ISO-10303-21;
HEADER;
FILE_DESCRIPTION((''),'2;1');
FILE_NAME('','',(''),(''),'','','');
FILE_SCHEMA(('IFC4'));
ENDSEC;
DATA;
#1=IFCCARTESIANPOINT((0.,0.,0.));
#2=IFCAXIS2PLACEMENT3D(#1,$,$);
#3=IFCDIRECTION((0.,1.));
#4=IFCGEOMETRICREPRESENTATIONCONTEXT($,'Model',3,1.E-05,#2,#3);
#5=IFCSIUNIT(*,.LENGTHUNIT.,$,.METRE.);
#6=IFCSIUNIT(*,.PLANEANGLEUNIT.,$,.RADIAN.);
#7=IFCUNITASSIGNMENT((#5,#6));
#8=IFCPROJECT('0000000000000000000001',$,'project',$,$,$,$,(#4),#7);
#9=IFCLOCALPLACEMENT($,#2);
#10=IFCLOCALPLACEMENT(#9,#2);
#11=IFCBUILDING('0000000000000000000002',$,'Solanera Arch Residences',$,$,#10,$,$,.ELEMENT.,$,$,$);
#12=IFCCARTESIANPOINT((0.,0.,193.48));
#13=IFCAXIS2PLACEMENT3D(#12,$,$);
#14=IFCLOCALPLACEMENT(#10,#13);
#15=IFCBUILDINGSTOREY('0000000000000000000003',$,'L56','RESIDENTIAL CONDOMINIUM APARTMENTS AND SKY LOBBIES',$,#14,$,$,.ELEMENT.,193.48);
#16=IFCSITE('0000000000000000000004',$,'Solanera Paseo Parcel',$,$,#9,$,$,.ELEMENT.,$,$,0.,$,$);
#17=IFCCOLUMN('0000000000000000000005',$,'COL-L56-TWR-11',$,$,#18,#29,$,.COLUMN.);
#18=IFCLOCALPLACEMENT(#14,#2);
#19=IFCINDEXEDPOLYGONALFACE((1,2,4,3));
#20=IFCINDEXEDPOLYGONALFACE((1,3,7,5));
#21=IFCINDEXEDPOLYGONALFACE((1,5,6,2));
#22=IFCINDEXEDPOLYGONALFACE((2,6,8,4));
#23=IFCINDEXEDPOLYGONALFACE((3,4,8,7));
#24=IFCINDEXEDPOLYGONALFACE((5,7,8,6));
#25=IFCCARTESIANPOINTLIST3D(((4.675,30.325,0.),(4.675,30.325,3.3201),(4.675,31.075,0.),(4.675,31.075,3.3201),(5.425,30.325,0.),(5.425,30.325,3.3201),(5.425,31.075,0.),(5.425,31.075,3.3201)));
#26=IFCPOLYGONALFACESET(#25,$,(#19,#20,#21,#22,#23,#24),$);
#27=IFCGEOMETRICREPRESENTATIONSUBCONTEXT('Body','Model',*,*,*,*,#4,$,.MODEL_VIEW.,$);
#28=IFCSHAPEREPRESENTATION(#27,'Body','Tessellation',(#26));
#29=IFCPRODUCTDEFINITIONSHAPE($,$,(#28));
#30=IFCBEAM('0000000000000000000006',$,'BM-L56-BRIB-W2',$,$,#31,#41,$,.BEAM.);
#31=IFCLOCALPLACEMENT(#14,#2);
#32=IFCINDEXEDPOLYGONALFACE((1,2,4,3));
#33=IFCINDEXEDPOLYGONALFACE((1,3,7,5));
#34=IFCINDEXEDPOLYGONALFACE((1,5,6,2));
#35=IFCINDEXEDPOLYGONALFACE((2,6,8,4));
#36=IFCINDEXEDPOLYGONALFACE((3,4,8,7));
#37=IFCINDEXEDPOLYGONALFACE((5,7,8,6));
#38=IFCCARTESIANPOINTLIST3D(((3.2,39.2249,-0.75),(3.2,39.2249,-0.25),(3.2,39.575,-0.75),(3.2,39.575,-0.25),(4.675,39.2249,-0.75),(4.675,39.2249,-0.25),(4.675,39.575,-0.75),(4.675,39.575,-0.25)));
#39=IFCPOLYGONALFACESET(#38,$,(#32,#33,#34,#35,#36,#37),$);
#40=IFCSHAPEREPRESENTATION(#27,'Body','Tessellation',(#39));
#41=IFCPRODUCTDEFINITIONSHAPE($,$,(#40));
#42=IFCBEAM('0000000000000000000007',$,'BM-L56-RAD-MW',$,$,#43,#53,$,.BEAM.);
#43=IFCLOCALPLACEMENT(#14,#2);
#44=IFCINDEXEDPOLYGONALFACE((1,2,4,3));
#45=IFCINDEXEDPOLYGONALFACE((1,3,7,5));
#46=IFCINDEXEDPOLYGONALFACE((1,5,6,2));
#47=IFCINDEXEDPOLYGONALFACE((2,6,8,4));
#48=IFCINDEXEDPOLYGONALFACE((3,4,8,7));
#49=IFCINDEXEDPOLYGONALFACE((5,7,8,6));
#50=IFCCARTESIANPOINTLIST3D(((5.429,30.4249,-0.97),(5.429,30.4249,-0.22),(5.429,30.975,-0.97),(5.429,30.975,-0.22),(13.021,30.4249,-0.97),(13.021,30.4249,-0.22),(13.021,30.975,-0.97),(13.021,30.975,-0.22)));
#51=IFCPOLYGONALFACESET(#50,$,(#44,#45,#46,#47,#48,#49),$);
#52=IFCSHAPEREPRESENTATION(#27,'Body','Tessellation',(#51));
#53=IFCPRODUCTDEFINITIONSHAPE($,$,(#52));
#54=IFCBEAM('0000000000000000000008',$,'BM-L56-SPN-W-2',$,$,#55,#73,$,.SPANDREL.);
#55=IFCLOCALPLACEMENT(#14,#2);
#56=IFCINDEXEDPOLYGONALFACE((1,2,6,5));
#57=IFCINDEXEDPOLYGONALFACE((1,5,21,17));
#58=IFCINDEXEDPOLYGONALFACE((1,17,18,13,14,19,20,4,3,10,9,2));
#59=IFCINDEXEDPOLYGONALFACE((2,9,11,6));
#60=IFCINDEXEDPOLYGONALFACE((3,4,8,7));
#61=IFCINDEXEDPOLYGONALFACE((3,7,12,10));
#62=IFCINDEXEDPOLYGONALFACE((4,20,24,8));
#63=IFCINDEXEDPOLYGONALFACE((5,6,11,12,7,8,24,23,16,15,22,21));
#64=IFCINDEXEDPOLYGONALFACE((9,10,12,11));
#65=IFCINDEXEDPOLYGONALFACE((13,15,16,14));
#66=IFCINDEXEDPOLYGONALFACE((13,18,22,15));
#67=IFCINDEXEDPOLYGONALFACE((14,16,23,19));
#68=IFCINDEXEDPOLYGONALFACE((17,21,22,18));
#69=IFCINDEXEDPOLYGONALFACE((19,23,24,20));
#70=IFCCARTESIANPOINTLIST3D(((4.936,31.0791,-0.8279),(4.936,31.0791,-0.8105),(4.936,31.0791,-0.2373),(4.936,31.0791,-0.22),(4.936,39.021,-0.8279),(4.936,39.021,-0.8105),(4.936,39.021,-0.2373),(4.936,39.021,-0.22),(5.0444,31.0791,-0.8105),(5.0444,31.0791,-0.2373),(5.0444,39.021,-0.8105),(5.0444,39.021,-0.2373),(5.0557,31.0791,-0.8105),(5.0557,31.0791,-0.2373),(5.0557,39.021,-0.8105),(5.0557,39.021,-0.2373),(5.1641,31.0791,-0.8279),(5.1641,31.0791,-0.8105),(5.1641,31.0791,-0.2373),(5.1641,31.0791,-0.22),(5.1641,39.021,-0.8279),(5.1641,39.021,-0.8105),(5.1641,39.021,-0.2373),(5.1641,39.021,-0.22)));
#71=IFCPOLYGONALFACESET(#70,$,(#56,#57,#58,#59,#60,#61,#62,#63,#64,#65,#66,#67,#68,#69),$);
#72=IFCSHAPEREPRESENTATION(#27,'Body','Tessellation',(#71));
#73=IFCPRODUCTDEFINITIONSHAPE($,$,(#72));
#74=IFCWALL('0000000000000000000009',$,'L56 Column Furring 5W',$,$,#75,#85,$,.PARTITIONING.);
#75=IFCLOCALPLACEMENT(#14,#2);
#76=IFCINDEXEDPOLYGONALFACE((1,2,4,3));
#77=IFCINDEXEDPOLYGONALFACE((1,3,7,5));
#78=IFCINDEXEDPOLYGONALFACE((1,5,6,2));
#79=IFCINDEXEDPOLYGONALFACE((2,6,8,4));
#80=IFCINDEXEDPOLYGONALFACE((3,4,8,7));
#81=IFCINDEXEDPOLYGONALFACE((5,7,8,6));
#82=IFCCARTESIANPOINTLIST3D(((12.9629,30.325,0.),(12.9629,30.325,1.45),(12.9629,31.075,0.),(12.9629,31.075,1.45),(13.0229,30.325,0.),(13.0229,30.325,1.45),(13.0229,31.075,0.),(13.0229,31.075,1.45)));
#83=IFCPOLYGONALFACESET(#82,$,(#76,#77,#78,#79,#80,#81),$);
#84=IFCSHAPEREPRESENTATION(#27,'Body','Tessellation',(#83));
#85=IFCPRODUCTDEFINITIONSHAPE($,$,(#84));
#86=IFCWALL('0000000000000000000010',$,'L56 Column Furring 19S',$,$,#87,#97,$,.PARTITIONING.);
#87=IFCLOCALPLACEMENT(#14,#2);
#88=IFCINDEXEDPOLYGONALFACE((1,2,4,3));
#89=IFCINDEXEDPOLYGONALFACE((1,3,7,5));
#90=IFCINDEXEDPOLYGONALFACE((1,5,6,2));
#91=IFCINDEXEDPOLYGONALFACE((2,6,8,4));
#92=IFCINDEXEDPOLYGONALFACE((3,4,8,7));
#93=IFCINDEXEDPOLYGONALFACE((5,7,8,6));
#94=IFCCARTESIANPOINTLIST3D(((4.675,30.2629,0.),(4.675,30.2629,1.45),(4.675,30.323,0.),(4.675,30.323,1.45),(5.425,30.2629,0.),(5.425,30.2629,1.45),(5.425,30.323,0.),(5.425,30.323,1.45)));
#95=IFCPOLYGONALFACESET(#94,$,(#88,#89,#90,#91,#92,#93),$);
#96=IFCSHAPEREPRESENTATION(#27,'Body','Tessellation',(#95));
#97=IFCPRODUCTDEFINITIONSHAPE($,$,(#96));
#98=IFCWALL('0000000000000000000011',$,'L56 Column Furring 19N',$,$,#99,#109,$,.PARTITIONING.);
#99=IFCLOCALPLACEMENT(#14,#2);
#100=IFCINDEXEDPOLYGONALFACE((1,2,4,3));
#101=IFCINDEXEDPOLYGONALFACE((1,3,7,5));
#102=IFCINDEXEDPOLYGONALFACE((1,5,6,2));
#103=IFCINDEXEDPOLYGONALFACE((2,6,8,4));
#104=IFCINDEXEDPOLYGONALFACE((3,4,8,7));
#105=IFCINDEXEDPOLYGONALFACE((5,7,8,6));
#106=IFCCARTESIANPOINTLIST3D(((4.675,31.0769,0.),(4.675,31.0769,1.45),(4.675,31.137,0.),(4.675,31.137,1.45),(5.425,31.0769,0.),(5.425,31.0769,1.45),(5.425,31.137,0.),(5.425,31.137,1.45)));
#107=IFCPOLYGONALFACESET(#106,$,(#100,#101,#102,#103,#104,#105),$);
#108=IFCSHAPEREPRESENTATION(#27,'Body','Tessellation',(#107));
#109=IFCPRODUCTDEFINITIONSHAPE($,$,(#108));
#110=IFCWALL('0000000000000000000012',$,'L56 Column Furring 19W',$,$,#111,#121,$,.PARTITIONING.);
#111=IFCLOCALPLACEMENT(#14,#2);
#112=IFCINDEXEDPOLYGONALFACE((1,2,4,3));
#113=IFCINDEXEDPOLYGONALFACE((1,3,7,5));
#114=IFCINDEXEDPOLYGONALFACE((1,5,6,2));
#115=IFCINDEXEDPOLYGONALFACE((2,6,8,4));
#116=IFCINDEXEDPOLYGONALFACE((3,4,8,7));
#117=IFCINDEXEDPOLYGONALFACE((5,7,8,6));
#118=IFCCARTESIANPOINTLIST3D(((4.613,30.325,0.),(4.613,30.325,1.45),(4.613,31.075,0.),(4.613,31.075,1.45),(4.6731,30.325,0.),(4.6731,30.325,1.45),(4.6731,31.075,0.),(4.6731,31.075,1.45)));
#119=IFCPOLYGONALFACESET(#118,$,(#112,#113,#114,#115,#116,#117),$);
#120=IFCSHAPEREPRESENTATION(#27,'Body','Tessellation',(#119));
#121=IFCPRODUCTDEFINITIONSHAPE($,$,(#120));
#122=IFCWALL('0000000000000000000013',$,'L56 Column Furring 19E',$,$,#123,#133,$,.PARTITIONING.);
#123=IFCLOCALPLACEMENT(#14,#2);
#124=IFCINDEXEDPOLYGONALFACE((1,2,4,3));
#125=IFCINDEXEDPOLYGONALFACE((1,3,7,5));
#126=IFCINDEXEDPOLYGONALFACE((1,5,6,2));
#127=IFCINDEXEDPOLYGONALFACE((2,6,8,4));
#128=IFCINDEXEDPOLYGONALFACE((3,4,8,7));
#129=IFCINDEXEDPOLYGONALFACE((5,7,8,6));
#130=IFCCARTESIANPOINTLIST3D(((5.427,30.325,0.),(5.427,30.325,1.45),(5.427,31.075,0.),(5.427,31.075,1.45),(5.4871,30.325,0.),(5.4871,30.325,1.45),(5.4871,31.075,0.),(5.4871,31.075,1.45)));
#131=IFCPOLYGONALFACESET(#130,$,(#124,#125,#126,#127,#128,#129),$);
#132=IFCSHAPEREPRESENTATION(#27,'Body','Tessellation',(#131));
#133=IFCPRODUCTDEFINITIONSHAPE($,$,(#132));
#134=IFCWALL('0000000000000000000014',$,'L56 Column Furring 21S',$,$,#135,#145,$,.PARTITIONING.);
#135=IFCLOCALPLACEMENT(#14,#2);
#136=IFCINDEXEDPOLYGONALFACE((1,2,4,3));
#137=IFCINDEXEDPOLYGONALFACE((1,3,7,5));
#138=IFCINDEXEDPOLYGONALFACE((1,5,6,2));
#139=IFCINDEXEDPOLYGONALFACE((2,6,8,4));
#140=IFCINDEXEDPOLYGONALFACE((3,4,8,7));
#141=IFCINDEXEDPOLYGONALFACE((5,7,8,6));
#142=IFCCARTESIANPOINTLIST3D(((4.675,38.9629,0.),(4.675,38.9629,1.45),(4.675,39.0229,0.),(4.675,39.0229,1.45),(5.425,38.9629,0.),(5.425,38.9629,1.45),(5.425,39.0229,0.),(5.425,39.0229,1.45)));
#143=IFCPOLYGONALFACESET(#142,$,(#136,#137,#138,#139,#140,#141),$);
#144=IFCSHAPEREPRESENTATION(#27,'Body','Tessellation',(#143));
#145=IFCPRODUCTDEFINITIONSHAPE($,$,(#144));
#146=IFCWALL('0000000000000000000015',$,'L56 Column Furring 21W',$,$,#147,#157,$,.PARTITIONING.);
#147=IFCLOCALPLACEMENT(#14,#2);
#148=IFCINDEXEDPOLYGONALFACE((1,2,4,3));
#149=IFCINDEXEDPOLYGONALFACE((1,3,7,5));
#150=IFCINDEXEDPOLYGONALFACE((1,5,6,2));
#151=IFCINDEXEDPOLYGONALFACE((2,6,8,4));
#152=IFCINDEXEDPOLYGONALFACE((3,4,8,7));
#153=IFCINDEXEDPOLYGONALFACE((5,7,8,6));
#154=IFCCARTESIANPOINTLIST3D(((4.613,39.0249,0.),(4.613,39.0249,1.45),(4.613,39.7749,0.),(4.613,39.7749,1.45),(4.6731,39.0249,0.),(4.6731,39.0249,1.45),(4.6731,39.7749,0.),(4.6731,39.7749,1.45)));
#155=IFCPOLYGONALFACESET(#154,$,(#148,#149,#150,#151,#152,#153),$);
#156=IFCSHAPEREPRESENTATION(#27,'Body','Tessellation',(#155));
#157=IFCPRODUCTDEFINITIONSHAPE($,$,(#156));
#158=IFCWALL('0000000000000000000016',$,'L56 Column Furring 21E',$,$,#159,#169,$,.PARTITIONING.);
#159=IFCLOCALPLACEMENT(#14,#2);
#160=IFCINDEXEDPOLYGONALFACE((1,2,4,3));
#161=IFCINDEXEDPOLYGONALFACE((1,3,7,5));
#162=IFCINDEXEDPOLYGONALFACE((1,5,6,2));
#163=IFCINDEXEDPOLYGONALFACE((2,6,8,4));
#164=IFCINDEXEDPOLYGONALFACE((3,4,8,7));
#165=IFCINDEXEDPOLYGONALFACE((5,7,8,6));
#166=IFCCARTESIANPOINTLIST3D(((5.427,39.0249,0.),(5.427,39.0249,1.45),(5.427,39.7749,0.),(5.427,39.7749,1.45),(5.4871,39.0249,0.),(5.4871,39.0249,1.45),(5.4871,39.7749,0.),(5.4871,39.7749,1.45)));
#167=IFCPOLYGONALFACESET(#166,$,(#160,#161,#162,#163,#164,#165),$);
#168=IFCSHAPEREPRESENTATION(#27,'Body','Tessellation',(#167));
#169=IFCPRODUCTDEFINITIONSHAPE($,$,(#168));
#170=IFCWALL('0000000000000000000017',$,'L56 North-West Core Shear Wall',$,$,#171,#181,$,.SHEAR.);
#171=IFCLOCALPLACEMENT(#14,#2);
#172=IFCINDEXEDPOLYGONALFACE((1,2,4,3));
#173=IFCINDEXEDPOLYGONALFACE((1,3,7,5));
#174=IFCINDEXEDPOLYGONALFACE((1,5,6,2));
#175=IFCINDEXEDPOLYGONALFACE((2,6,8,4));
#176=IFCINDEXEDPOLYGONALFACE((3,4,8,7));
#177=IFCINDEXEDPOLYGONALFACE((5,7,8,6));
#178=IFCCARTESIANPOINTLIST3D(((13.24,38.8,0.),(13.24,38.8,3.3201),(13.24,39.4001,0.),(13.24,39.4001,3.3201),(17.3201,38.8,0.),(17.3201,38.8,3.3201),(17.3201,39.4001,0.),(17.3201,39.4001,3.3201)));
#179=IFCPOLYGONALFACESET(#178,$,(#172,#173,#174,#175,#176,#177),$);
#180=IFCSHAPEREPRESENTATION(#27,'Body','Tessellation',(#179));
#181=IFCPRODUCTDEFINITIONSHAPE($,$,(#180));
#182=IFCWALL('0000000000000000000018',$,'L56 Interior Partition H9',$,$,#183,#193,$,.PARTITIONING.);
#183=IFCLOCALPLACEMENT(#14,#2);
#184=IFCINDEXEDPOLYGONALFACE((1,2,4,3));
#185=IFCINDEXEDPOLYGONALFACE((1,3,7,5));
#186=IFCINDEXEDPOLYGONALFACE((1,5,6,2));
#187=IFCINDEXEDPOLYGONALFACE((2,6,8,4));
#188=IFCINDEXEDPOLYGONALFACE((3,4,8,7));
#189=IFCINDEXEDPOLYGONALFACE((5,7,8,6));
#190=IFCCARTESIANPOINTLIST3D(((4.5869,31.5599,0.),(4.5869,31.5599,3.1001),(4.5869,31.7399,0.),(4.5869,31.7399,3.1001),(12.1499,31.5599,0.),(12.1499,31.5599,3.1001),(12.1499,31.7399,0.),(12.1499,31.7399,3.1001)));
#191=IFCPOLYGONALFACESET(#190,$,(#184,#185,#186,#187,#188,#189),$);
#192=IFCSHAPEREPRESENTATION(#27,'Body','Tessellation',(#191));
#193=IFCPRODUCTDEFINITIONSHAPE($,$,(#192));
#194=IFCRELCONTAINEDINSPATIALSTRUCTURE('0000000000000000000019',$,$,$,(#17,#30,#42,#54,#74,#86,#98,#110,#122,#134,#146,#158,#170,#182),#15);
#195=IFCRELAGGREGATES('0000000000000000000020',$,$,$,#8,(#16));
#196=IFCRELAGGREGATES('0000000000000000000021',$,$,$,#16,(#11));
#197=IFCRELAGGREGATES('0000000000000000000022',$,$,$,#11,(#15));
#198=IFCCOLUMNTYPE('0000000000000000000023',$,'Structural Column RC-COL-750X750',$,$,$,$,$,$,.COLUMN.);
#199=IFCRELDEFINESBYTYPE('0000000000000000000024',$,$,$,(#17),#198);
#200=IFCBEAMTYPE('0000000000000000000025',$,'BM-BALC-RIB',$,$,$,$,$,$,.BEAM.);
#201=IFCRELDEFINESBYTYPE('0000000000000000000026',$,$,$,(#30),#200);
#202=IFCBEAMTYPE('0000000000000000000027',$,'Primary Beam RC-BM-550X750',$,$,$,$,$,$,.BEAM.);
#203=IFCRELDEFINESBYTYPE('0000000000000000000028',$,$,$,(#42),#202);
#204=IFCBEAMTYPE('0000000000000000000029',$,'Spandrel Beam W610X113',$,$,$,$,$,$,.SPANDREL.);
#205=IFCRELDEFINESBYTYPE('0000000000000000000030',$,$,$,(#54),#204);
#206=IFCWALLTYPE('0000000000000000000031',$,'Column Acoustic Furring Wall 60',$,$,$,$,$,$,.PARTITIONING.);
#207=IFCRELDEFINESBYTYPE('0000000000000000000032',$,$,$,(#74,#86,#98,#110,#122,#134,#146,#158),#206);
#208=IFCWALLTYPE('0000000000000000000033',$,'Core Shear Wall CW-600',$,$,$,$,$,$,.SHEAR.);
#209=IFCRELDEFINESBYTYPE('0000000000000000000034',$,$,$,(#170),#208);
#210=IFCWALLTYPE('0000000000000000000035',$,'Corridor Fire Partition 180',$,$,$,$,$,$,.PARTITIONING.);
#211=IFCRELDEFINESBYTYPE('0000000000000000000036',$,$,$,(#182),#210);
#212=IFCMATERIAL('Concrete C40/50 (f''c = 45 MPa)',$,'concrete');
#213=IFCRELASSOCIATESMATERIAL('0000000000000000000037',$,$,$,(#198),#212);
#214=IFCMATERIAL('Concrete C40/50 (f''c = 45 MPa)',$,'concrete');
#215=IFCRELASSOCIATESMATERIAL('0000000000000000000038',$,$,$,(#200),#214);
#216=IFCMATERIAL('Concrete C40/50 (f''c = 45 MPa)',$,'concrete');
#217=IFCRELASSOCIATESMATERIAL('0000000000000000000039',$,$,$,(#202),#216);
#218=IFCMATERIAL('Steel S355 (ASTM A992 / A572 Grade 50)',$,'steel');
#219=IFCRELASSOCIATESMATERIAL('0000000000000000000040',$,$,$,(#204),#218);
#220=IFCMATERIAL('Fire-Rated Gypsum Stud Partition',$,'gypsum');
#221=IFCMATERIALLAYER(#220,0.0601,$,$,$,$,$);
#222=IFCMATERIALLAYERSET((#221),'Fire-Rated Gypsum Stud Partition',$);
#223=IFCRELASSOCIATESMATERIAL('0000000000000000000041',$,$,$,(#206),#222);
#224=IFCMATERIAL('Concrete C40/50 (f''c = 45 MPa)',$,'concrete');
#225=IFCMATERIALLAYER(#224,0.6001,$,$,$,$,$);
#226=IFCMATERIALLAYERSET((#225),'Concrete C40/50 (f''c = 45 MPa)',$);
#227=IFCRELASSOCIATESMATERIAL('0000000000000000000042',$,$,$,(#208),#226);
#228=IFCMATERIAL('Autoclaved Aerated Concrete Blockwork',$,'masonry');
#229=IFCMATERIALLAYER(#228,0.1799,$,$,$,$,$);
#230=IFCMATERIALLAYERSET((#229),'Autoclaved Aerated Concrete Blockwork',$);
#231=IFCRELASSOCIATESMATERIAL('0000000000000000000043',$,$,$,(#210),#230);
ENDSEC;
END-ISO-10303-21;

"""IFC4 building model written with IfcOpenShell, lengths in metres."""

from ifc_helpers import new_model, si_unit, direction, frame, frame_2d, origin, origin_2d, place, context, subcontext, project, spatial, rectangle, i_section, extrude, material, layer, layer_set, material_profile, profile_set, type_object, element, save


model = new_model("IFC4")

# Units and contexts
model_context = context("Model", 3, precision=1e-05, world=origin(), true_north=direction((0.0, 1.0)))
body_context = subcontext(model_context, "Body", "Model", "MODEL_VIEW")
ifc_project = project(units=[si_unit("LENGTHUNIT", "METRE"), si_unit("PLANEANGLEUNIT", "RADIAN")], contexts=[model_context])

# Site, building, storey
site_placement = place(None, origin())
site = spatial("IfcSite", under=ifc_project, at=site_placement, Name="Solanera Paseo Parcel", CompositionType="ELEMENT", RefElevation=0.0)
building_placement = place(site_placement, origin())
building = spatial("IfcBuilding", under=site, at=building_placement, Name="Solanera Arch Residences", CompositionType="ELEMENT")
storey_placement = place(building_placement, frame((0.0, 0.0, 193.48)))
storey = spatial("IfcBuildingStorey", under=building, at=storey_placement, Name="L56", Description="RESIDENTIAL CONDOMINIUM APARTMENTS AND SKY LOBBIES", CompositionType="ELEMENT", Elevation=193.48)

# Column
ifc_material_1 = material(Name="Concrete C40/50 (f'c = 45 MPa)", Category="concrete")
ifc_material_profile_1 = material_profile(ifc_material_1, rectangle(XDim=0.75, YDim=0.75, at=origin_2d()))
ifc_profile_set_1 = profile_set([ifc_material_profile_1], Name="Concrete C40/50 (f'c = 45 MPa)")
column_type = type_object("IfcColumnType", Name="Structural Column RC-COL-750X750", PredefinedType="COLUMN", material=ifc_profile_set_1)
column_placement = place(storey_placement, frame((5.05, 30.7, 0.0), z_axis=(0.0, 0.0, 1.0), x_axis=(1.0, 0.0, 0.0)))
element("IfcColumn", 1, at=column_placement, inside=storey, type_object=column_type, Name="COL-L56-TWR-11", PredefinedType="COLUMN", context=body_context, shape_type="SweptSolid", body=[
    extrude(rectangle(XDim=0.75, YDim=0.75, at=origin_2d()), origin(), (0.0, 0.0, 1.0), 3.3201),
])

# Beams
ifc_material_2 = material(Name="Concrete C40/50 (f'c = 45 MPa)", Category="concrete")
ifc_material_profile_2 = material_profile(ifc_material_2, rectangle(XDim=0.3501, YDim=0.5, at=origin_2d()))
ifc_profile_set_2 = profile_set([ifc_material_profile_2], Name="Concrete C40/50 (f'c = 45 MPa)")
beam_type_1 = type_object("IfcBeamType", Name="BM-BALC-RIB", PredefinedType="BEAM", material=ifc_profile_set_2)
beam_1_placement = place(storey_placement, frame((3.2, 39.3999, -0.5), z_axis=(1.0, 0.0, 0.0), x_axis=(0.0, 1.0, 0.0)))
element("IfcBeam", 2, at=beam_1_placement, inside=storey, type_object=beam_type_1, Name="BM-L56-BRIB-W2", PredefinedType="BEAM", context=body_context, shape_type="SweptSolid", body=[
    extrude(rectangle(XDim=0.3501, YDim=0.5, at=origin_2d()), origin(), (0.0, 0.0, 1.0), 1.4751),
])
ifc_material_3 = material(Name="Concrete C40/50 (f'c = 45 MPa)", Category="concrete")
ifc_material_profile_3 = material_profile(ifc_material_3, rectangle(XDim=0.55, YDim=0.75, at=origin_2d()))
ifc_profile_set_3 = profile_set([ifc_material_profile_3], Name="Concrete C40/50 (f'c = 45 MPa)")
beam_type_2 = type_object("IfcBeamType", Name="Primary Beam RC-BM-550X750", PredefinedType="BEAM", material=ifc_profile_set_3)
beam_2_placement = place(storey_placement, frame((5.429, 30.7, -0.595), z_axis=(1.0, 0.0, 0.0), x_axis=(0.0, 1.0, 0.0)))
element("IfcBeam", 3, at=beam_2_placement, inside=storey, type_object=beam_type_2, Name="BM-L56-RAD-MW", PredefinedType="BEAM", context=body_context, shape_type="SweptSolid", body=[
    extrude(rectangle(XDim=0.55, YDim=0.75, at=origin_2d()), origin(), (0.0, 0.0, 1.0), 7.592),
])
ifc_material_4 = material(Name="Steel S355 (ASTM A992 / A572 Grade 50)", Category="steel")
ifc_material_profile_4 = material_profile(ifc_material_4, i_section(OverallWidth=0.228, OverallDepth=0.6079, WebThickness=0.0112, FlangeThickness=0.0173, at=origin_2d()))
ifc_profile_set_4 = profile_set([ifc_material_profile_4], Name="Steel S355 (ASTM A992 / A572 Grade 50)")
beam_type_3 = type_object("IfcBeamType", Name="Spandrel Beam W610X113", PredefinedType="SPANDREL", material=ifc_profile_set_4)
beam_3_placement = place(storey_placement, frame((5.05, 31.0791, -0.5239), z_axis=(0.0, 1.0, 0.0), x_axis=(-1.0, 0.0, 0.0)))
element("IfcBeam", 4, at=beam_3_placement, inside=storey, type_object=beam_type_3, Name="BM-L56-SPN-W-2", PredefinedType="SPANDREL", context=body_context, shape_type="SweptSolid", body=[
    extrude(i_section(OverallWidth=0.228, OverallDepth=0.6079, WebThickness=0.0112, FlangeThickness=0.0173, at=origin_2d()), origin(), (0.0, 0.0, 1.0), 7.9419),
])

# Walls
ifc_material_5 = material(Name="Fire-Rated Gypsum Stud Partition", Category="gypsum")
ifc_layer_1 = layer(ifc_material_5, 0.0601)
ifc_layer_set_1 = layer_set([ifc_layer_1], Name="Fire-Rated Gypsum Stud Partition")
wall_type_1 = type_object("IfcWallType", Name="Column Acoustic Furring Wall 60", PredefinedType="PARTITIONING", material=ifc_layer_set_1)
for number, where, z_axis, x_axis, name in (
    (5, (12.9929, 30.325, 0.0), (0.0, 0.0, 1.0), (0.0, 1.0, 0.0), "L56 Column Furring 5W"),
    (6, (4.675, 30.293, 0.0), (0.0, 0.0, 1.0), (1.0, 0.0, 0.0), "L56 Column Furring 19S"),
    (7, (4.675, 31.1069, 0.0), (0.0, 0.0, 1.0), (1.0, 0.0, 0.0), "L56 Column Furring 19N"),
    (8, (4.6431, 30.325, 0.0), (0.0, 0.0, 1.0), (0.0, 1.0, 0.0), "L56 Column Furring 19W"),
    (9, (5.457, 30.325, 0.0), (0.0, 0.0, 1.0), (0.0, 1.0, 0.0), "L56 Column Furring 19E"),
    (10, (4.675, 38.9929, 0.0), (0.0, 0.0, 1.0), (1.0, 0.0, 0.0), "L56 Column Furring 21S"),
    (11, (4.6431, 39.0249, 0.0), (0.0, 0.0, 1.0), (0.0, 1.0, 0.0), "L56 Column Furring 21W"),
    (12, (5.457, 39.0249, 0.0), (0.0, 0.0, 1.0), (0.0, 1.0, 0.0), "L56 Column Furring 21E"),
):
    element("IfcWall", number, at=place(storey_placement, frame(where, z_axis=z_axis, x_axis=x_axis)), inside=storey, type_object=wall_type_1, Name=name, PredefinedType="PARTITIONING", context=body_context, shape_type="SweptSolid", body=[
        extrude(rectangle(XDim=0.75, YDim=0.0601, at=frame_2d((0.375, 0.0))), origin(), (0.0, 0.0, 1.0), 1.45),
    ])
ifc_material_6 = material(Name="Concrete C40/50 (f'c = 45 MPa)", Category="concrete")
ifc_layer_2 = layer(ifc_material_6, 0.6001)
ifc_layer_set_2 = layer_set([ifc_layer_2], Name="Concrete C40/50 (f'c = 45 MPa)")
wall_type_2 = type_object("IfcWallType", Name="Core Shear Wall CW-600", PredefinedType="SHEAR", material=ifc_layer_set_2)
wall_1_placement = place(storey_placement, frame((13.24, 39.1001, 0.0), z_axis=(0.0, 0.0, 1.0), x_axis=(1.0, 0.0, 0.0)))
element("IfcWall", 13, at=wall_1_placement, inside=storey, type_object=wall_type_2, Name="L56 North-West Core Shear Wall", PredefinedType="SHEAR", context=body_context, shape_type="SweptSolid", body=[
    extrude(rectangle(XDim=4.0801, YDim=0.6001, at=frame_2d((2.04, 0.0))), origin(), (0.0, 0.0, 1.0), 3.3201),
])
ifc_material_7 = material(Name="Autoclaved Aerated Concrete Blockwork", Category="masonry")
ifc_layer_3 = layer(ifc_material_7, 0.1799)
ifc_layer_set_3 = layer_set([ifc_layer_3], Name="Autoclaved Aerated Concrete Blockwork")
wall_type_3 = type_object("IfcWallType", Name="Corridor Fire Partition 180", PredefinedType="PARTITIONING", material=ifc_layer_set_3)
wall_2_placement = place(storey_placement, frame((4.5869, 31.6499, 0.0), z_axis=(0.0, 0.0, 1.0), x_axis=(1.0, 0.0, 0.0)))
element("IfcWall", 14, at=wall_2_placement, inside=storey, type_object=wall_type_3, Name="L56 Interior Partition H9", PredefinedType="PARTITIONING", context=body_context, shape_type="SweptSolid", body=[
    extrude(rectangle(XDim=7.563, YDim=0.1799, at=frame_2d((3.7815, 0.0))), origin(), (0.0, 0.0, 1.0), 3.1001),
])

save(model, "model.ifc")
